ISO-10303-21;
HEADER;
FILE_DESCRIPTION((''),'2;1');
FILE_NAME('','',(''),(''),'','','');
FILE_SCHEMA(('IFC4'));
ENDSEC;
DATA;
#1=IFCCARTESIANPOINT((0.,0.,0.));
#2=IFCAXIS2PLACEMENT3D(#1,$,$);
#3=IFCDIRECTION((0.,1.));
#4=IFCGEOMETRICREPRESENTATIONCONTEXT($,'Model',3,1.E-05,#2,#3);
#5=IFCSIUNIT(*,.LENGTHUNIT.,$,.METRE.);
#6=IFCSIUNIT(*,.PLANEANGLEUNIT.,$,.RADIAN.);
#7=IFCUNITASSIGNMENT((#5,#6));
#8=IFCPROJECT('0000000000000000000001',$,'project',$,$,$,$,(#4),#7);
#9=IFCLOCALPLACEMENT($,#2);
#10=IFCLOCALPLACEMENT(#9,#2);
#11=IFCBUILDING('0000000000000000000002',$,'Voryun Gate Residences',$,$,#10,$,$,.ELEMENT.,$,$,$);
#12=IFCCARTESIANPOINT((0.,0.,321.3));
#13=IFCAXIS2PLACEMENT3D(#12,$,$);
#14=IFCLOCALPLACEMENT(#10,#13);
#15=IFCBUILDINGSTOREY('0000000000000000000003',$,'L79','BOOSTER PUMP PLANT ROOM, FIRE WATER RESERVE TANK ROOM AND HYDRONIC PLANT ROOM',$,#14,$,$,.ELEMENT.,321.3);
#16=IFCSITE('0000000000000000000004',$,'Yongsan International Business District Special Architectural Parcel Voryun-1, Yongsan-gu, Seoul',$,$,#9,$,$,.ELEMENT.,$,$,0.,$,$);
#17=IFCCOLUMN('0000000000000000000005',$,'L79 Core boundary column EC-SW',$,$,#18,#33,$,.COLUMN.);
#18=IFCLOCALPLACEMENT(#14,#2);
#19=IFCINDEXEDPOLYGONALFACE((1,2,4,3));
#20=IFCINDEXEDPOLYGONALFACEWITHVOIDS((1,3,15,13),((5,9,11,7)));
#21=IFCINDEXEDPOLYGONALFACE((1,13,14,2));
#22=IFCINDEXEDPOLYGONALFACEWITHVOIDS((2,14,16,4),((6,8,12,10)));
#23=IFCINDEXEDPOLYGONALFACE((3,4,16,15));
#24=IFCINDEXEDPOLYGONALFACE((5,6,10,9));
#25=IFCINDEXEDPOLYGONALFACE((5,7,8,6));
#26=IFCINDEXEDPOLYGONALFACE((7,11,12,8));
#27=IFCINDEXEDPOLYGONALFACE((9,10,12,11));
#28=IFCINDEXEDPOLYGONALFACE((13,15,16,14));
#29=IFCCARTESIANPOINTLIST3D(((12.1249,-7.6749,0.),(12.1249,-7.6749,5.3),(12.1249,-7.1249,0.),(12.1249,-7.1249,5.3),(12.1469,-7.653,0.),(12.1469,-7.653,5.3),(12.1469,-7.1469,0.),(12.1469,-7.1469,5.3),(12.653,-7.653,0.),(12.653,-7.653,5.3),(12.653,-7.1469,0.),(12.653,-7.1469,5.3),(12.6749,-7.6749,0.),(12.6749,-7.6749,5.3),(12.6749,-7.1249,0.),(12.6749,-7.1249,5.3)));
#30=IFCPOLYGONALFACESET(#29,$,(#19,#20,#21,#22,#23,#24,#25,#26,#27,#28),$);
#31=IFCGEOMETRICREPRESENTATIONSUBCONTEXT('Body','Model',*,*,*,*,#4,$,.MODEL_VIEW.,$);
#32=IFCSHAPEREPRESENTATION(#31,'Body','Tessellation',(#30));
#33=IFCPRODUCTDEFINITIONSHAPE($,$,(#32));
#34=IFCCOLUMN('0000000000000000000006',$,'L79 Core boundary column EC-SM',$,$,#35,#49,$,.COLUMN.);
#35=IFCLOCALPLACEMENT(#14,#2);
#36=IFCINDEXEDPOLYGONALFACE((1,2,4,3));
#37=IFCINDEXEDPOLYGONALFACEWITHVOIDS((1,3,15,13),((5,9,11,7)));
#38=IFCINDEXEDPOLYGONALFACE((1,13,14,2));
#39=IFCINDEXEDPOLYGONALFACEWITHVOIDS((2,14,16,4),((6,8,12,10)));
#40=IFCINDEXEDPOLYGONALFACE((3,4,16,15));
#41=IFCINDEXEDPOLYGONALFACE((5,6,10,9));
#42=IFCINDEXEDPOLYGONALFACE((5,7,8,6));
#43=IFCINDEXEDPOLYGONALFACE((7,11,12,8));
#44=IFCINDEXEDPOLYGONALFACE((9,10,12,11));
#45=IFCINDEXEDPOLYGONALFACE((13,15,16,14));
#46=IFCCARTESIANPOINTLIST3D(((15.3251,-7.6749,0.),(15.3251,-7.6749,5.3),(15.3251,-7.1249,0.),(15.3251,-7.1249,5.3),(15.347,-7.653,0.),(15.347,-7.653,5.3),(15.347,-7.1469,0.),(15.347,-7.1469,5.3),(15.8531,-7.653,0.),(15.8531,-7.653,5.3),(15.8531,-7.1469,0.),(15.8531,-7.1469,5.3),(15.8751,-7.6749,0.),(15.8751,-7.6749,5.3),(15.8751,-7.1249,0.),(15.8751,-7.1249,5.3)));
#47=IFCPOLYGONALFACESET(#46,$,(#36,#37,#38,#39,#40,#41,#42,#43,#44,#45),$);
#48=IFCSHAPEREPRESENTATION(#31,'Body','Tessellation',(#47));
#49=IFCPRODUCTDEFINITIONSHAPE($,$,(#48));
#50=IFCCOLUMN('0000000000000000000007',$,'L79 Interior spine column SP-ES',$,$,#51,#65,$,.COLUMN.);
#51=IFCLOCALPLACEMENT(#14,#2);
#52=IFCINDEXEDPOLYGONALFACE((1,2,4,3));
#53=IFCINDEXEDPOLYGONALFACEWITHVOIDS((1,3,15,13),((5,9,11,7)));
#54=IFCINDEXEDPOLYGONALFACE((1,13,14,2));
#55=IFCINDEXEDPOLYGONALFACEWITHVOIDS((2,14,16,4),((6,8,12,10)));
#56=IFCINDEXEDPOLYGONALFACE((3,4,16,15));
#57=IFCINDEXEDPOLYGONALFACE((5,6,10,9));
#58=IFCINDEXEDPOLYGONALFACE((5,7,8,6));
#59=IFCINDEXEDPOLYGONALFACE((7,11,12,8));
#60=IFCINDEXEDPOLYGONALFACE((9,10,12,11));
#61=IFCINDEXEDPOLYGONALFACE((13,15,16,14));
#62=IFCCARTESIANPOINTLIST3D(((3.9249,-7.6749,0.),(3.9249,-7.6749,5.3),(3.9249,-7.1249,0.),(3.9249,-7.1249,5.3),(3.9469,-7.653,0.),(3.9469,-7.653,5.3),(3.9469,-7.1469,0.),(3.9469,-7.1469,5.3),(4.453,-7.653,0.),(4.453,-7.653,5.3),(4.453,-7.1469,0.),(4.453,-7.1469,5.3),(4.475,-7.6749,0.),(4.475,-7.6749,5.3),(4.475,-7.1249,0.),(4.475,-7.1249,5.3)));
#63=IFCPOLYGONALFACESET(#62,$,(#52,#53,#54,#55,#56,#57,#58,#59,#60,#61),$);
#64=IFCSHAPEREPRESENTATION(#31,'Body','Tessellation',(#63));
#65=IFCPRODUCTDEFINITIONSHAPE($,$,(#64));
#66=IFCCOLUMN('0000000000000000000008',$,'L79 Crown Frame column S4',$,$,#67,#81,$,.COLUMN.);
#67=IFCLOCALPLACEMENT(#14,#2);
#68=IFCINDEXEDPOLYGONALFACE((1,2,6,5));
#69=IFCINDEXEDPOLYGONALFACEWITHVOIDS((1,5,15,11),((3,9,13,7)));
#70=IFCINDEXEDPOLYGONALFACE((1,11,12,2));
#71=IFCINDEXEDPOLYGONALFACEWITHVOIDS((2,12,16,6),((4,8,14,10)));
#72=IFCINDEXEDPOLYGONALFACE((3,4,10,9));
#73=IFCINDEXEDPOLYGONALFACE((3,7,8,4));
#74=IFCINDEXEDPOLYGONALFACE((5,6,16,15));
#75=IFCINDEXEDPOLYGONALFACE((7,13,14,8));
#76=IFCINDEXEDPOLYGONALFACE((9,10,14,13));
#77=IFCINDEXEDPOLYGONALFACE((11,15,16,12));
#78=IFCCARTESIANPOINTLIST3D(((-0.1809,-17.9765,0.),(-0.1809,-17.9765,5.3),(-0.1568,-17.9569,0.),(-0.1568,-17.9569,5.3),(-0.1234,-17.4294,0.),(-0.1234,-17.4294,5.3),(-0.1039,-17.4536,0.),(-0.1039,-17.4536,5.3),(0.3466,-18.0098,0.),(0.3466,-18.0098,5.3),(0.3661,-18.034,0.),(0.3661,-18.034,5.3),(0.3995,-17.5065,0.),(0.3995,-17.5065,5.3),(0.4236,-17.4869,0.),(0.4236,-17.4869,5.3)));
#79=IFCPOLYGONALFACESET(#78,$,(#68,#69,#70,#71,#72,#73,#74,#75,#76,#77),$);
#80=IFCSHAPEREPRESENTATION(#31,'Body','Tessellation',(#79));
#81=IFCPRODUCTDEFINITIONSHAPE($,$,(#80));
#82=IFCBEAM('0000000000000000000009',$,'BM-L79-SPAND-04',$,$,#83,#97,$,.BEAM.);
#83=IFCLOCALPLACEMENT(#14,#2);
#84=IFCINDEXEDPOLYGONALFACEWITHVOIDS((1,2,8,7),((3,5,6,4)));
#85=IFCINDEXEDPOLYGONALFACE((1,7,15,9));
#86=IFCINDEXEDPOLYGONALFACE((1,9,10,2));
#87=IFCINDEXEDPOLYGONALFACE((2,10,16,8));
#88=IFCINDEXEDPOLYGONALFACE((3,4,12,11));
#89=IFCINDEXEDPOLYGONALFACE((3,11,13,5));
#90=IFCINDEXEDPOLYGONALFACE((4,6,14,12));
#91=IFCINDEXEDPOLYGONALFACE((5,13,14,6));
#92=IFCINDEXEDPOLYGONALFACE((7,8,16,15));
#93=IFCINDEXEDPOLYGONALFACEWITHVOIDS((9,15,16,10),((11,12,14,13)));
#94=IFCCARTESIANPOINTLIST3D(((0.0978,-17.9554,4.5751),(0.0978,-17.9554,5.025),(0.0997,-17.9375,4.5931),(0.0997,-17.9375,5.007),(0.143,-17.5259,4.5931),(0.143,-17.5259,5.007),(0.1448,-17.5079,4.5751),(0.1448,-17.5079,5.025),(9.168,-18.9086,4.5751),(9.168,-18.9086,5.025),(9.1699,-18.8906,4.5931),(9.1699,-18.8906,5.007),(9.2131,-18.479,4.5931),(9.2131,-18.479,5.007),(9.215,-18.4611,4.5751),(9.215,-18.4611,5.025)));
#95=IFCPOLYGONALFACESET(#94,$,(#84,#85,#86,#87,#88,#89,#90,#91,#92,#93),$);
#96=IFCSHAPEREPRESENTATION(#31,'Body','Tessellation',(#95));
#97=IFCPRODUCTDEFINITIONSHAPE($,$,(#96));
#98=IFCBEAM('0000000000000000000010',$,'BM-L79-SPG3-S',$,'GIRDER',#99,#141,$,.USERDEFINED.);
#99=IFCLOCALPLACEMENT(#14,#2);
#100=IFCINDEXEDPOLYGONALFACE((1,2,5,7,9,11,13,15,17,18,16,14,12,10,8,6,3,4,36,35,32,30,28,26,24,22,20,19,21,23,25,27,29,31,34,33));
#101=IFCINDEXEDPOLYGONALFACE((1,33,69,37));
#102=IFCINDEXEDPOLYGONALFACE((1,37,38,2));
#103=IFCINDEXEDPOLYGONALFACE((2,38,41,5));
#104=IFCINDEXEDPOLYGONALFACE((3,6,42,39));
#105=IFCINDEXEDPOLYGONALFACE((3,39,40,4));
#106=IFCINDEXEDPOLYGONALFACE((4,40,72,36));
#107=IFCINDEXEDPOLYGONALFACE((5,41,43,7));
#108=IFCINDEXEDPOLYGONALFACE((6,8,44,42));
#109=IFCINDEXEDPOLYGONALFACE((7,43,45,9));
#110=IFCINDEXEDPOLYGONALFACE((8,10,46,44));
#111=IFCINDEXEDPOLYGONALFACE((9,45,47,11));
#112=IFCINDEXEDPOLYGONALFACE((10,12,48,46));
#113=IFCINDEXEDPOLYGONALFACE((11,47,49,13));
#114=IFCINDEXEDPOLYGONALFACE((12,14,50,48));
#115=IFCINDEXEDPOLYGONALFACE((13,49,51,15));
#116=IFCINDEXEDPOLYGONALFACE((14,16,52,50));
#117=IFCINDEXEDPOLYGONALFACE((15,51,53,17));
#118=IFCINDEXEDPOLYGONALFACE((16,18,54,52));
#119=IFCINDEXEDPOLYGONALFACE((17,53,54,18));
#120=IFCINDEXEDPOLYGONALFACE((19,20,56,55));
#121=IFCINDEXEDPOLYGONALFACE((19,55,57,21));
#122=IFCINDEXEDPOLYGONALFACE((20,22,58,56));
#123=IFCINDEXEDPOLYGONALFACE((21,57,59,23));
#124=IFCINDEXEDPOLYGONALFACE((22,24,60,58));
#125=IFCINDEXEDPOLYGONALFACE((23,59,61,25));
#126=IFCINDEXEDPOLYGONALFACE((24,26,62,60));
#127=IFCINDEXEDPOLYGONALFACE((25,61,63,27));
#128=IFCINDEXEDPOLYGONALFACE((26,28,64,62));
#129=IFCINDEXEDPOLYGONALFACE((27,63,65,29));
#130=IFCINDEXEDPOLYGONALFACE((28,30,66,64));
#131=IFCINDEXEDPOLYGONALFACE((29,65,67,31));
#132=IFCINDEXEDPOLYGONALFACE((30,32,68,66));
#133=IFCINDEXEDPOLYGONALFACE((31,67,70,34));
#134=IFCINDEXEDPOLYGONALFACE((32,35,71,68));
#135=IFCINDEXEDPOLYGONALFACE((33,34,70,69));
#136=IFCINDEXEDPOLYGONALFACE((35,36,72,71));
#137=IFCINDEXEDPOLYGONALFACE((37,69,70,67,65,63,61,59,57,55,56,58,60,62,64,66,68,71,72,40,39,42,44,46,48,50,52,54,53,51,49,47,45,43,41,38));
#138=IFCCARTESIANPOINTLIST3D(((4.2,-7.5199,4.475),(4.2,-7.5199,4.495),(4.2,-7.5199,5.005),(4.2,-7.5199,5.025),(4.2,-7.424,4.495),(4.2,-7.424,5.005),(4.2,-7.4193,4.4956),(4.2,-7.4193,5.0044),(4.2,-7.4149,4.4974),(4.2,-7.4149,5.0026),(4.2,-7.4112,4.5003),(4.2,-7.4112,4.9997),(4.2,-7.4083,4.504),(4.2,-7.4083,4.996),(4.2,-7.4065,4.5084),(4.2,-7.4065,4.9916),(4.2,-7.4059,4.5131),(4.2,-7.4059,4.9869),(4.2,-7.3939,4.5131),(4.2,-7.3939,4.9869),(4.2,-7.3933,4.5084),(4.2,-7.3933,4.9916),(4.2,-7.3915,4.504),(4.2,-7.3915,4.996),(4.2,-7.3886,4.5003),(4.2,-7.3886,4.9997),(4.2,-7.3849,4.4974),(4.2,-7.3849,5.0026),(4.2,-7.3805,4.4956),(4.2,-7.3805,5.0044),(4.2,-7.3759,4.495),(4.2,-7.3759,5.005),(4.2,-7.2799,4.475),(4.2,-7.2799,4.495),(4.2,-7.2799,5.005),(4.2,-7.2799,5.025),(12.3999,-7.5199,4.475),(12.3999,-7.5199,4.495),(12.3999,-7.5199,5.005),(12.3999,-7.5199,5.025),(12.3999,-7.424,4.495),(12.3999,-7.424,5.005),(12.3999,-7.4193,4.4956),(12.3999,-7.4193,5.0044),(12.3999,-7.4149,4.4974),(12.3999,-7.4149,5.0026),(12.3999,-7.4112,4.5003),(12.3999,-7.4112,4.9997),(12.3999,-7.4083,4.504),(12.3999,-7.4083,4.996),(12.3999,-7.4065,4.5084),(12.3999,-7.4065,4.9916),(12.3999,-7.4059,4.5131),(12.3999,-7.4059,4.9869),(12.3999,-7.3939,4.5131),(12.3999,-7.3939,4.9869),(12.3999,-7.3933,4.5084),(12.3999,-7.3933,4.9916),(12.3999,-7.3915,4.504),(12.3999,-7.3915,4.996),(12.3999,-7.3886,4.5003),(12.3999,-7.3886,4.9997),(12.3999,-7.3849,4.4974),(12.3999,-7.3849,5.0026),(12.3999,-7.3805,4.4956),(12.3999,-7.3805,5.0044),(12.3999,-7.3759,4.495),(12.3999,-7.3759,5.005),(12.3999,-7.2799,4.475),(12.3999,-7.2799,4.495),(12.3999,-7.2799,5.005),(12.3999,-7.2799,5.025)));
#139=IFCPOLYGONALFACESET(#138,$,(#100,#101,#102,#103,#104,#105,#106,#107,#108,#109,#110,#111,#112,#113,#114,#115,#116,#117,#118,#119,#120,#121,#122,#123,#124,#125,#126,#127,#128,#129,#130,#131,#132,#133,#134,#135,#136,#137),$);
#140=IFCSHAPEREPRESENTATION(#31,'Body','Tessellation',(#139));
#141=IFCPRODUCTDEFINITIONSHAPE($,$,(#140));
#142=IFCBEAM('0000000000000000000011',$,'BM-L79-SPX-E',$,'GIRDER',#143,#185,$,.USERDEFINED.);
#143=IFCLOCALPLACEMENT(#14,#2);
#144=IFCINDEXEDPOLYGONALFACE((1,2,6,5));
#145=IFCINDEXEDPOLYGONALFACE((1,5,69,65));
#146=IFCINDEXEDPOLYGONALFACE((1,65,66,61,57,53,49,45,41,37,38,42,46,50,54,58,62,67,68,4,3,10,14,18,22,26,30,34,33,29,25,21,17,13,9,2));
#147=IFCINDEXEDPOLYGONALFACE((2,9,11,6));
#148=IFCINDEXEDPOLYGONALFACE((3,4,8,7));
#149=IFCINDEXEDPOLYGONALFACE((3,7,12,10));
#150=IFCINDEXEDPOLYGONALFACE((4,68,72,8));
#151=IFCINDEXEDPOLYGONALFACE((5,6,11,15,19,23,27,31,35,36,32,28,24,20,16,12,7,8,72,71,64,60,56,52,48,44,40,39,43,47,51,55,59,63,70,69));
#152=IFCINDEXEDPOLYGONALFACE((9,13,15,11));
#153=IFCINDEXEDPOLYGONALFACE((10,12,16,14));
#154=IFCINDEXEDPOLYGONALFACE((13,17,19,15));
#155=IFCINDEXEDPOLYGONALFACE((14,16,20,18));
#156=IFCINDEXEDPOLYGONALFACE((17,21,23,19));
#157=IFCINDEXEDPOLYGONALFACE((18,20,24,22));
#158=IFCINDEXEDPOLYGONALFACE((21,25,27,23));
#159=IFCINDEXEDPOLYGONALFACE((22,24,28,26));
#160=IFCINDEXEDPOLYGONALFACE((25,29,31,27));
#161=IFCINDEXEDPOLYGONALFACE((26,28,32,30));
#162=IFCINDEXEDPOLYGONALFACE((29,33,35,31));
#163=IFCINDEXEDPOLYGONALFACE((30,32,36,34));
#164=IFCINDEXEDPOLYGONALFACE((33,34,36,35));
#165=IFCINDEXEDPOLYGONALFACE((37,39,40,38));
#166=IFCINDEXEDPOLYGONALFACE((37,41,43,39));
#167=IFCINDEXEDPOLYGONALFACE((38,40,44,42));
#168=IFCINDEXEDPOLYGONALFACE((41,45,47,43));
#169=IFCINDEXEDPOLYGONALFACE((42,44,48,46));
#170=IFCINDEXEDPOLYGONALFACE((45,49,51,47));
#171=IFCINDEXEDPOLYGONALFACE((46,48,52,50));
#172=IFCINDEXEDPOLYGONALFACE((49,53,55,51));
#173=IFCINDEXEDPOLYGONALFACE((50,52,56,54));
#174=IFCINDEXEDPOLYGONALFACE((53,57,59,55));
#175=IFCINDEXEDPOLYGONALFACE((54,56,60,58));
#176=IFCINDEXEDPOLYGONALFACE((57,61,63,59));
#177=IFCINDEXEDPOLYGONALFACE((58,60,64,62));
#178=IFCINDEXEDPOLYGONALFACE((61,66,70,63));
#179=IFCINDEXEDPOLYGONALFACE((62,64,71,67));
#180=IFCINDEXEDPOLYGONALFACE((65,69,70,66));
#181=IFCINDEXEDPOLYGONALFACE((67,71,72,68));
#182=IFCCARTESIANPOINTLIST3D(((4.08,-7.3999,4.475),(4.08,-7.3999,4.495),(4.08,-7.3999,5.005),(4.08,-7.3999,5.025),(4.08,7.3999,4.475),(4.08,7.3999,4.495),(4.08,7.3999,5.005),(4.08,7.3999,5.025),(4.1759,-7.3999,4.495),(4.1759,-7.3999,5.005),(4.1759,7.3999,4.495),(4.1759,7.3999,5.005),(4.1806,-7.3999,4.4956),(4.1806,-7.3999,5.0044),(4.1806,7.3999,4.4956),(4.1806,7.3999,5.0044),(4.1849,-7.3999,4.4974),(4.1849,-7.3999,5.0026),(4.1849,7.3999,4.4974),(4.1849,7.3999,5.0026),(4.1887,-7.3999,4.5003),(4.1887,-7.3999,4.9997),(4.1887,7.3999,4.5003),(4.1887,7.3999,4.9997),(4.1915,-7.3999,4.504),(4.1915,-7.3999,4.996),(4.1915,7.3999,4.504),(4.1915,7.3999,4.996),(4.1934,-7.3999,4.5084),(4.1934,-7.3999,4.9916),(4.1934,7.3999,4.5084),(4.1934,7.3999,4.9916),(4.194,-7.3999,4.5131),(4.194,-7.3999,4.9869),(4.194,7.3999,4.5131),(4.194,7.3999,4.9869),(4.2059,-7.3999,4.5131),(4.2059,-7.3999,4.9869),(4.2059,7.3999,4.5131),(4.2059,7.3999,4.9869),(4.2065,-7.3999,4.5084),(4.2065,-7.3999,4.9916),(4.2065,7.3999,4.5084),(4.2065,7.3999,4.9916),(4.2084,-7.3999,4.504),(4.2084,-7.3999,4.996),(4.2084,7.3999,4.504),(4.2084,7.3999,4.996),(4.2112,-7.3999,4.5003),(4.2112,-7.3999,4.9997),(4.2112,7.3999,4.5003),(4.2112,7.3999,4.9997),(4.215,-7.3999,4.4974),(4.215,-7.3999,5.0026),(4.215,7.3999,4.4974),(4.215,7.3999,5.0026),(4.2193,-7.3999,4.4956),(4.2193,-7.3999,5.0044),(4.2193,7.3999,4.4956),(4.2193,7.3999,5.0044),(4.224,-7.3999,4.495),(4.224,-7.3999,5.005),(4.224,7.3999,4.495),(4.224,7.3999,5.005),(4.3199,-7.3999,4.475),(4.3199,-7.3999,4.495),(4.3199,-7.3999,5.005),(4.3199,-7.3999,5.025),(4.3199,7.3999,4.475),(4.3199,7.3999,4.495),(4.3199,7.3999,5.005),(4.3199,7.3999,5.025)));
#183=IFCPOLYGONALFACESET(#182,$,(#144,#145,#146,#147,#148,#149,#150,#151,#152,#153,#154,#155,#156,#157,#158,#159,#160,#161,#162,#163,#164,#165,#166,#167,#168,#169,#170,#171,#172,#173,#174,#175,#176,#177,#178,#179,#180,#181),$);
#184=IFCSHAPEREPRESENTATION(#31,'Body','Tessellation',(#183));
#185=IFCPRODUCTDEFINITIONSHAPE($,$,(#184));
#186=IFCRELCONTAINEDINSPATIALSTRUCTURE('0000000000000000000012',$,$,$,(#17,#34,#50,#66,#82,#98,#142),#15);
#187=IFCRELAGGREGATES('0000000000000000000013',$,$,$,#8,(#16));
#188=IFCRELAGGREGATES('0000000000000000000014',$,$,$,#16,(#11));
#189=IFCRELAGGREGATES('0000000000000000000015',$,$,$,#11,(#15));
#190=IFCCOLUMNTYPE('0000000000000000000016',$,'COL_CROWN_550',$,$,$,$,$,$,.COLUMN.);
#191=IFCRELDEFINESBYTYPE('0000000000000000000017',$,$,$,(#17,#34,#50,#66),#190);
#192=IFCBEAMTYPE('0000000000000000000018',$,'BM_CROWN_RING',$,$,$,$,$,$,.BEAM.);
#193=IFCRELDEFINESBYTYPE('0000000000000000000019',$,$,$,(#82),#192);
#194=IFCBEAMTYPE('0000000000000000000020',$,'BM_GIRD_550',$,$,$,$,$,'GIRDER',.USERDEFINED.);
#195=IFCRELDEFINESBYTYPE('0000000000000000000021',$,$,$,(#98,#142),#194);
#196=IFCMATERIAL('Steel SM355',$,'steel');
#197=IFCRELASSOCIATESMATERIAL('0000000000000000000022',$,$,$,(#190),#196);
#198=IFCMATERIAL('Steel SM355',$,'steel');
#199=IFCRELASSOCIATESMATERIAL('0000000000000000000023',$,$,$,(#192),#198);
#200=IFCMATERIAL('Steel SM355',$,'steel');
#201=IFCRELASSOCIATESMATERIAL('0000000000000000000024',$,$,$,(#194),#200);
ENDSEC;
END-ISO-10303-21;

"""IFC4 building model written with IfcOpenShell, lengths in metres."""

from ifc_helpers import new_model, si_unit, direction, frame, origin, origin_2d, place, context, subcontext, project, spatial, hollow_rectangle, i_section, extrude, material, material_profile, profile_set, type_object, element, save


model = new_model("IFC4")

# Units and contexts
model_context = context("Model", 3, precision=1e-05, world=origin(), true_north=direction((0.0, 1.0)))
body_context = subcontext(model_context, "Body", "Model", "MODEL_VIEW")
ifc_project = project(units=[si_unit("LENGTHUNIT", "METRE"), si_unit("PLANEANGLEUNIT", "RADIAN")], contexts=[model_context])

# Site, building, storey
site_placement = place(None, origin())
site = spatial("IfcSite", under=ifc_project, at=site_placement, Name="Yongsan International Business District Special Architectural Parcel Voryun-1, Yongsan-gu, Seoul", CompositionType="ELEMENT", RefElevation=0.0)
building_placement = place(site_placement, origin())
building = spatial("IfcBuilding", under=site, at=building_placement, Name="Voryun Gate Residences", CompositionType="ELEMENT")
storey_placement = place(building_placement, frame((0.0, 0.0, 321.3)))
storey = spatial("IfcBuildingStorey", under=building, at=storey_placement, Name="L79", Description="BOOSTER PUMP PLANT ROOM, FIRE WATER RESERVE TANK ROOM AND HYDRONIC PLANT ROOM", CompositionType="ELEMENT", Elevation=321.3)

# Columns
ifc_material_1 = material(Name="Steel SM355", Category="steel")
ifc_material_profile_1 = material_profile(ifc_material_1, hollow_rectangle(XDim=0.55, YDim=0.55, WallThickness=0.022, at=origin_2d()), Name="BOX-550x550x22")
ifc_profile_set_1 = profile_set([ifc_material_profile_1], Name="Steel SM355")
column_type = type_object("IfcColumnType", Name="COL_CROWN_550", PredefinedType="COLUMN", material=ifc_profile_set_1)
for number, where, z_axis, x_axis, name in (
    (1, (12.3999, -7.3999, 0.0), (0.0, 0.0, 1.0), (1.0, 0.0, 0.0), "L79 Core boundary column EC-SW"),
    (2, (15.6001, -7.3999, 0.0), (0.0, 0.0, 1.0), (1.0, 0.0, 0.0), "L79 Core boundary column EC-SM"),
    (3, (4.2, -7.3999, 0.0), (0.0, 0.0, 1.0), (1.0, 0.0, 0.0), "L79 Interior spine column SP-ES"),
    (4, (0.1213, -17.7317, 0.0), (0.0, 0.0, 1.0), (0.994522, -0.104528, 0.0), "L79 Crown Frame column S4"),
):
    element("IfcColumn", number, at=place(storey_placement, frame(where, z_axis=z_axis, x_axis=x_axis)), inside=storey, type_object=column_type, Name=name, PredefinedType="COLUMN", context=body_context, shape_type="SweptSolid", body=[
        extrude(hollow_rectangle(XDim=0.55, YDim=0.55, WallThickness=0.022, at=origin_2d()), origin(), (0.0, 0.0, 1.0), 5.3),
    ])

# Beams
ifc_material_2 = material(Name="Steel SM355", Category="steel")
ifc_material_profile_2 = material_profile(ifc_material_2, hollow_rectangle(XDim=0.45, YDim=0.45, WallThickness=0.0181, at=origin_2d()), Name="BOX-450x450x18")
ifc_profile_set_2 = profile_set([ifc_material_profile_2], Name="Steel SM355")
beam_type_1 = type_object("IfcBeamType", Name="BM_CROWN_RING", PredefinedType="BEAM", material=ifc_profile_set_2)
beam_1_placement = place(storey_placement, frame((0.1213, -17.7317, 4.8), z_axis=(0.994524, -0.104509, 0.0), x_axis=(0.104509, 0.994524, 0.0)))
element("IfcBeam", 5, at=beam_1_placement, inside=storey, type_object=beam_type_1, Name="BM-L79-SPAND-04", PredefinedType="BEAM", context=body_context, shape_type="SweptSolid", body=[
    extrude(hollow_rectangle(XDim=0.45, YDim=0.45, WallThickness=0.0181, at=origin_2d()), origin(), (0.0, 0.0, 1.0), 9.1201),
])
ifc_material_3 = material(Name="Steel SM355", Category="steel")
ifc_material_profile_3 = material_profile(ifc_material_3, i_section(OverallWidth=0.24, OverallDepth=0.55, WebThickness=0.012, FlangeThickness=0.02, FilletRadius=0.0181, at=origin_2d()), Name="H-550x240x12x20")
ifc_profile_set_3 = profile_set([ifc_material_profile_3], Name="Steel SM355")
beam_type_2 = type_object("IfcBeamType", Name="BM_GIRD_550", ElementType="GIRDER", PredefinedType="USERDEFINED", material=ifc_profile_set_3)
beam_2_placement = place(storey_placement, frame((4.2, -7.3999, 4.75), z_axis=(1.0, 0.0, 0.0), x_axis=(0.0, 1.0, 0.0)))
element("IfcBeam", 6, at=beam_2_placement, inside=storey, type_object=beam_type_2, Name="BM-L79-SPG3-S", ObjectType="GIRDER", PredefinedType="USERDEFINED", context=body_context, shape_type="SweptSolid", body=[
    extrude(i_section(OverallWidth=0.24, OverallDepth=0.55, WebThickness=0.012, FlangeThickness=0.02, FilletRadius=0.0181, at=origin_2d()), origin(), (0.0, 0.0, 1.0), 8.2),
])
beam_3_placement = place(storey_placement, frame((4.2, -7.3999, 4.75), z_axis=(0.0, 1.0, 0.0), x_axis=(-1.0, 0.0, 0.0)))
element("IfcBeam", 7, at=beam_3_placement, inside=storey, type_object=beam_type_2, Name="BM-L79-SPX-E", ObjectType="GIRDER", PredefinedType="USERDEFINED", context=body_context, shape_type="SweptSolid", body=[
    extrude(i_section(OverallWidth=0.24, OverallDepth=0.55, WebThickness=0.012, FlangeThickness=0.02, FilletRadius=0.0181, at=origin_2d()), origin(), (0.0, 0.0, 1.0), 14.7998),
])

save(model, "model.ifc")
